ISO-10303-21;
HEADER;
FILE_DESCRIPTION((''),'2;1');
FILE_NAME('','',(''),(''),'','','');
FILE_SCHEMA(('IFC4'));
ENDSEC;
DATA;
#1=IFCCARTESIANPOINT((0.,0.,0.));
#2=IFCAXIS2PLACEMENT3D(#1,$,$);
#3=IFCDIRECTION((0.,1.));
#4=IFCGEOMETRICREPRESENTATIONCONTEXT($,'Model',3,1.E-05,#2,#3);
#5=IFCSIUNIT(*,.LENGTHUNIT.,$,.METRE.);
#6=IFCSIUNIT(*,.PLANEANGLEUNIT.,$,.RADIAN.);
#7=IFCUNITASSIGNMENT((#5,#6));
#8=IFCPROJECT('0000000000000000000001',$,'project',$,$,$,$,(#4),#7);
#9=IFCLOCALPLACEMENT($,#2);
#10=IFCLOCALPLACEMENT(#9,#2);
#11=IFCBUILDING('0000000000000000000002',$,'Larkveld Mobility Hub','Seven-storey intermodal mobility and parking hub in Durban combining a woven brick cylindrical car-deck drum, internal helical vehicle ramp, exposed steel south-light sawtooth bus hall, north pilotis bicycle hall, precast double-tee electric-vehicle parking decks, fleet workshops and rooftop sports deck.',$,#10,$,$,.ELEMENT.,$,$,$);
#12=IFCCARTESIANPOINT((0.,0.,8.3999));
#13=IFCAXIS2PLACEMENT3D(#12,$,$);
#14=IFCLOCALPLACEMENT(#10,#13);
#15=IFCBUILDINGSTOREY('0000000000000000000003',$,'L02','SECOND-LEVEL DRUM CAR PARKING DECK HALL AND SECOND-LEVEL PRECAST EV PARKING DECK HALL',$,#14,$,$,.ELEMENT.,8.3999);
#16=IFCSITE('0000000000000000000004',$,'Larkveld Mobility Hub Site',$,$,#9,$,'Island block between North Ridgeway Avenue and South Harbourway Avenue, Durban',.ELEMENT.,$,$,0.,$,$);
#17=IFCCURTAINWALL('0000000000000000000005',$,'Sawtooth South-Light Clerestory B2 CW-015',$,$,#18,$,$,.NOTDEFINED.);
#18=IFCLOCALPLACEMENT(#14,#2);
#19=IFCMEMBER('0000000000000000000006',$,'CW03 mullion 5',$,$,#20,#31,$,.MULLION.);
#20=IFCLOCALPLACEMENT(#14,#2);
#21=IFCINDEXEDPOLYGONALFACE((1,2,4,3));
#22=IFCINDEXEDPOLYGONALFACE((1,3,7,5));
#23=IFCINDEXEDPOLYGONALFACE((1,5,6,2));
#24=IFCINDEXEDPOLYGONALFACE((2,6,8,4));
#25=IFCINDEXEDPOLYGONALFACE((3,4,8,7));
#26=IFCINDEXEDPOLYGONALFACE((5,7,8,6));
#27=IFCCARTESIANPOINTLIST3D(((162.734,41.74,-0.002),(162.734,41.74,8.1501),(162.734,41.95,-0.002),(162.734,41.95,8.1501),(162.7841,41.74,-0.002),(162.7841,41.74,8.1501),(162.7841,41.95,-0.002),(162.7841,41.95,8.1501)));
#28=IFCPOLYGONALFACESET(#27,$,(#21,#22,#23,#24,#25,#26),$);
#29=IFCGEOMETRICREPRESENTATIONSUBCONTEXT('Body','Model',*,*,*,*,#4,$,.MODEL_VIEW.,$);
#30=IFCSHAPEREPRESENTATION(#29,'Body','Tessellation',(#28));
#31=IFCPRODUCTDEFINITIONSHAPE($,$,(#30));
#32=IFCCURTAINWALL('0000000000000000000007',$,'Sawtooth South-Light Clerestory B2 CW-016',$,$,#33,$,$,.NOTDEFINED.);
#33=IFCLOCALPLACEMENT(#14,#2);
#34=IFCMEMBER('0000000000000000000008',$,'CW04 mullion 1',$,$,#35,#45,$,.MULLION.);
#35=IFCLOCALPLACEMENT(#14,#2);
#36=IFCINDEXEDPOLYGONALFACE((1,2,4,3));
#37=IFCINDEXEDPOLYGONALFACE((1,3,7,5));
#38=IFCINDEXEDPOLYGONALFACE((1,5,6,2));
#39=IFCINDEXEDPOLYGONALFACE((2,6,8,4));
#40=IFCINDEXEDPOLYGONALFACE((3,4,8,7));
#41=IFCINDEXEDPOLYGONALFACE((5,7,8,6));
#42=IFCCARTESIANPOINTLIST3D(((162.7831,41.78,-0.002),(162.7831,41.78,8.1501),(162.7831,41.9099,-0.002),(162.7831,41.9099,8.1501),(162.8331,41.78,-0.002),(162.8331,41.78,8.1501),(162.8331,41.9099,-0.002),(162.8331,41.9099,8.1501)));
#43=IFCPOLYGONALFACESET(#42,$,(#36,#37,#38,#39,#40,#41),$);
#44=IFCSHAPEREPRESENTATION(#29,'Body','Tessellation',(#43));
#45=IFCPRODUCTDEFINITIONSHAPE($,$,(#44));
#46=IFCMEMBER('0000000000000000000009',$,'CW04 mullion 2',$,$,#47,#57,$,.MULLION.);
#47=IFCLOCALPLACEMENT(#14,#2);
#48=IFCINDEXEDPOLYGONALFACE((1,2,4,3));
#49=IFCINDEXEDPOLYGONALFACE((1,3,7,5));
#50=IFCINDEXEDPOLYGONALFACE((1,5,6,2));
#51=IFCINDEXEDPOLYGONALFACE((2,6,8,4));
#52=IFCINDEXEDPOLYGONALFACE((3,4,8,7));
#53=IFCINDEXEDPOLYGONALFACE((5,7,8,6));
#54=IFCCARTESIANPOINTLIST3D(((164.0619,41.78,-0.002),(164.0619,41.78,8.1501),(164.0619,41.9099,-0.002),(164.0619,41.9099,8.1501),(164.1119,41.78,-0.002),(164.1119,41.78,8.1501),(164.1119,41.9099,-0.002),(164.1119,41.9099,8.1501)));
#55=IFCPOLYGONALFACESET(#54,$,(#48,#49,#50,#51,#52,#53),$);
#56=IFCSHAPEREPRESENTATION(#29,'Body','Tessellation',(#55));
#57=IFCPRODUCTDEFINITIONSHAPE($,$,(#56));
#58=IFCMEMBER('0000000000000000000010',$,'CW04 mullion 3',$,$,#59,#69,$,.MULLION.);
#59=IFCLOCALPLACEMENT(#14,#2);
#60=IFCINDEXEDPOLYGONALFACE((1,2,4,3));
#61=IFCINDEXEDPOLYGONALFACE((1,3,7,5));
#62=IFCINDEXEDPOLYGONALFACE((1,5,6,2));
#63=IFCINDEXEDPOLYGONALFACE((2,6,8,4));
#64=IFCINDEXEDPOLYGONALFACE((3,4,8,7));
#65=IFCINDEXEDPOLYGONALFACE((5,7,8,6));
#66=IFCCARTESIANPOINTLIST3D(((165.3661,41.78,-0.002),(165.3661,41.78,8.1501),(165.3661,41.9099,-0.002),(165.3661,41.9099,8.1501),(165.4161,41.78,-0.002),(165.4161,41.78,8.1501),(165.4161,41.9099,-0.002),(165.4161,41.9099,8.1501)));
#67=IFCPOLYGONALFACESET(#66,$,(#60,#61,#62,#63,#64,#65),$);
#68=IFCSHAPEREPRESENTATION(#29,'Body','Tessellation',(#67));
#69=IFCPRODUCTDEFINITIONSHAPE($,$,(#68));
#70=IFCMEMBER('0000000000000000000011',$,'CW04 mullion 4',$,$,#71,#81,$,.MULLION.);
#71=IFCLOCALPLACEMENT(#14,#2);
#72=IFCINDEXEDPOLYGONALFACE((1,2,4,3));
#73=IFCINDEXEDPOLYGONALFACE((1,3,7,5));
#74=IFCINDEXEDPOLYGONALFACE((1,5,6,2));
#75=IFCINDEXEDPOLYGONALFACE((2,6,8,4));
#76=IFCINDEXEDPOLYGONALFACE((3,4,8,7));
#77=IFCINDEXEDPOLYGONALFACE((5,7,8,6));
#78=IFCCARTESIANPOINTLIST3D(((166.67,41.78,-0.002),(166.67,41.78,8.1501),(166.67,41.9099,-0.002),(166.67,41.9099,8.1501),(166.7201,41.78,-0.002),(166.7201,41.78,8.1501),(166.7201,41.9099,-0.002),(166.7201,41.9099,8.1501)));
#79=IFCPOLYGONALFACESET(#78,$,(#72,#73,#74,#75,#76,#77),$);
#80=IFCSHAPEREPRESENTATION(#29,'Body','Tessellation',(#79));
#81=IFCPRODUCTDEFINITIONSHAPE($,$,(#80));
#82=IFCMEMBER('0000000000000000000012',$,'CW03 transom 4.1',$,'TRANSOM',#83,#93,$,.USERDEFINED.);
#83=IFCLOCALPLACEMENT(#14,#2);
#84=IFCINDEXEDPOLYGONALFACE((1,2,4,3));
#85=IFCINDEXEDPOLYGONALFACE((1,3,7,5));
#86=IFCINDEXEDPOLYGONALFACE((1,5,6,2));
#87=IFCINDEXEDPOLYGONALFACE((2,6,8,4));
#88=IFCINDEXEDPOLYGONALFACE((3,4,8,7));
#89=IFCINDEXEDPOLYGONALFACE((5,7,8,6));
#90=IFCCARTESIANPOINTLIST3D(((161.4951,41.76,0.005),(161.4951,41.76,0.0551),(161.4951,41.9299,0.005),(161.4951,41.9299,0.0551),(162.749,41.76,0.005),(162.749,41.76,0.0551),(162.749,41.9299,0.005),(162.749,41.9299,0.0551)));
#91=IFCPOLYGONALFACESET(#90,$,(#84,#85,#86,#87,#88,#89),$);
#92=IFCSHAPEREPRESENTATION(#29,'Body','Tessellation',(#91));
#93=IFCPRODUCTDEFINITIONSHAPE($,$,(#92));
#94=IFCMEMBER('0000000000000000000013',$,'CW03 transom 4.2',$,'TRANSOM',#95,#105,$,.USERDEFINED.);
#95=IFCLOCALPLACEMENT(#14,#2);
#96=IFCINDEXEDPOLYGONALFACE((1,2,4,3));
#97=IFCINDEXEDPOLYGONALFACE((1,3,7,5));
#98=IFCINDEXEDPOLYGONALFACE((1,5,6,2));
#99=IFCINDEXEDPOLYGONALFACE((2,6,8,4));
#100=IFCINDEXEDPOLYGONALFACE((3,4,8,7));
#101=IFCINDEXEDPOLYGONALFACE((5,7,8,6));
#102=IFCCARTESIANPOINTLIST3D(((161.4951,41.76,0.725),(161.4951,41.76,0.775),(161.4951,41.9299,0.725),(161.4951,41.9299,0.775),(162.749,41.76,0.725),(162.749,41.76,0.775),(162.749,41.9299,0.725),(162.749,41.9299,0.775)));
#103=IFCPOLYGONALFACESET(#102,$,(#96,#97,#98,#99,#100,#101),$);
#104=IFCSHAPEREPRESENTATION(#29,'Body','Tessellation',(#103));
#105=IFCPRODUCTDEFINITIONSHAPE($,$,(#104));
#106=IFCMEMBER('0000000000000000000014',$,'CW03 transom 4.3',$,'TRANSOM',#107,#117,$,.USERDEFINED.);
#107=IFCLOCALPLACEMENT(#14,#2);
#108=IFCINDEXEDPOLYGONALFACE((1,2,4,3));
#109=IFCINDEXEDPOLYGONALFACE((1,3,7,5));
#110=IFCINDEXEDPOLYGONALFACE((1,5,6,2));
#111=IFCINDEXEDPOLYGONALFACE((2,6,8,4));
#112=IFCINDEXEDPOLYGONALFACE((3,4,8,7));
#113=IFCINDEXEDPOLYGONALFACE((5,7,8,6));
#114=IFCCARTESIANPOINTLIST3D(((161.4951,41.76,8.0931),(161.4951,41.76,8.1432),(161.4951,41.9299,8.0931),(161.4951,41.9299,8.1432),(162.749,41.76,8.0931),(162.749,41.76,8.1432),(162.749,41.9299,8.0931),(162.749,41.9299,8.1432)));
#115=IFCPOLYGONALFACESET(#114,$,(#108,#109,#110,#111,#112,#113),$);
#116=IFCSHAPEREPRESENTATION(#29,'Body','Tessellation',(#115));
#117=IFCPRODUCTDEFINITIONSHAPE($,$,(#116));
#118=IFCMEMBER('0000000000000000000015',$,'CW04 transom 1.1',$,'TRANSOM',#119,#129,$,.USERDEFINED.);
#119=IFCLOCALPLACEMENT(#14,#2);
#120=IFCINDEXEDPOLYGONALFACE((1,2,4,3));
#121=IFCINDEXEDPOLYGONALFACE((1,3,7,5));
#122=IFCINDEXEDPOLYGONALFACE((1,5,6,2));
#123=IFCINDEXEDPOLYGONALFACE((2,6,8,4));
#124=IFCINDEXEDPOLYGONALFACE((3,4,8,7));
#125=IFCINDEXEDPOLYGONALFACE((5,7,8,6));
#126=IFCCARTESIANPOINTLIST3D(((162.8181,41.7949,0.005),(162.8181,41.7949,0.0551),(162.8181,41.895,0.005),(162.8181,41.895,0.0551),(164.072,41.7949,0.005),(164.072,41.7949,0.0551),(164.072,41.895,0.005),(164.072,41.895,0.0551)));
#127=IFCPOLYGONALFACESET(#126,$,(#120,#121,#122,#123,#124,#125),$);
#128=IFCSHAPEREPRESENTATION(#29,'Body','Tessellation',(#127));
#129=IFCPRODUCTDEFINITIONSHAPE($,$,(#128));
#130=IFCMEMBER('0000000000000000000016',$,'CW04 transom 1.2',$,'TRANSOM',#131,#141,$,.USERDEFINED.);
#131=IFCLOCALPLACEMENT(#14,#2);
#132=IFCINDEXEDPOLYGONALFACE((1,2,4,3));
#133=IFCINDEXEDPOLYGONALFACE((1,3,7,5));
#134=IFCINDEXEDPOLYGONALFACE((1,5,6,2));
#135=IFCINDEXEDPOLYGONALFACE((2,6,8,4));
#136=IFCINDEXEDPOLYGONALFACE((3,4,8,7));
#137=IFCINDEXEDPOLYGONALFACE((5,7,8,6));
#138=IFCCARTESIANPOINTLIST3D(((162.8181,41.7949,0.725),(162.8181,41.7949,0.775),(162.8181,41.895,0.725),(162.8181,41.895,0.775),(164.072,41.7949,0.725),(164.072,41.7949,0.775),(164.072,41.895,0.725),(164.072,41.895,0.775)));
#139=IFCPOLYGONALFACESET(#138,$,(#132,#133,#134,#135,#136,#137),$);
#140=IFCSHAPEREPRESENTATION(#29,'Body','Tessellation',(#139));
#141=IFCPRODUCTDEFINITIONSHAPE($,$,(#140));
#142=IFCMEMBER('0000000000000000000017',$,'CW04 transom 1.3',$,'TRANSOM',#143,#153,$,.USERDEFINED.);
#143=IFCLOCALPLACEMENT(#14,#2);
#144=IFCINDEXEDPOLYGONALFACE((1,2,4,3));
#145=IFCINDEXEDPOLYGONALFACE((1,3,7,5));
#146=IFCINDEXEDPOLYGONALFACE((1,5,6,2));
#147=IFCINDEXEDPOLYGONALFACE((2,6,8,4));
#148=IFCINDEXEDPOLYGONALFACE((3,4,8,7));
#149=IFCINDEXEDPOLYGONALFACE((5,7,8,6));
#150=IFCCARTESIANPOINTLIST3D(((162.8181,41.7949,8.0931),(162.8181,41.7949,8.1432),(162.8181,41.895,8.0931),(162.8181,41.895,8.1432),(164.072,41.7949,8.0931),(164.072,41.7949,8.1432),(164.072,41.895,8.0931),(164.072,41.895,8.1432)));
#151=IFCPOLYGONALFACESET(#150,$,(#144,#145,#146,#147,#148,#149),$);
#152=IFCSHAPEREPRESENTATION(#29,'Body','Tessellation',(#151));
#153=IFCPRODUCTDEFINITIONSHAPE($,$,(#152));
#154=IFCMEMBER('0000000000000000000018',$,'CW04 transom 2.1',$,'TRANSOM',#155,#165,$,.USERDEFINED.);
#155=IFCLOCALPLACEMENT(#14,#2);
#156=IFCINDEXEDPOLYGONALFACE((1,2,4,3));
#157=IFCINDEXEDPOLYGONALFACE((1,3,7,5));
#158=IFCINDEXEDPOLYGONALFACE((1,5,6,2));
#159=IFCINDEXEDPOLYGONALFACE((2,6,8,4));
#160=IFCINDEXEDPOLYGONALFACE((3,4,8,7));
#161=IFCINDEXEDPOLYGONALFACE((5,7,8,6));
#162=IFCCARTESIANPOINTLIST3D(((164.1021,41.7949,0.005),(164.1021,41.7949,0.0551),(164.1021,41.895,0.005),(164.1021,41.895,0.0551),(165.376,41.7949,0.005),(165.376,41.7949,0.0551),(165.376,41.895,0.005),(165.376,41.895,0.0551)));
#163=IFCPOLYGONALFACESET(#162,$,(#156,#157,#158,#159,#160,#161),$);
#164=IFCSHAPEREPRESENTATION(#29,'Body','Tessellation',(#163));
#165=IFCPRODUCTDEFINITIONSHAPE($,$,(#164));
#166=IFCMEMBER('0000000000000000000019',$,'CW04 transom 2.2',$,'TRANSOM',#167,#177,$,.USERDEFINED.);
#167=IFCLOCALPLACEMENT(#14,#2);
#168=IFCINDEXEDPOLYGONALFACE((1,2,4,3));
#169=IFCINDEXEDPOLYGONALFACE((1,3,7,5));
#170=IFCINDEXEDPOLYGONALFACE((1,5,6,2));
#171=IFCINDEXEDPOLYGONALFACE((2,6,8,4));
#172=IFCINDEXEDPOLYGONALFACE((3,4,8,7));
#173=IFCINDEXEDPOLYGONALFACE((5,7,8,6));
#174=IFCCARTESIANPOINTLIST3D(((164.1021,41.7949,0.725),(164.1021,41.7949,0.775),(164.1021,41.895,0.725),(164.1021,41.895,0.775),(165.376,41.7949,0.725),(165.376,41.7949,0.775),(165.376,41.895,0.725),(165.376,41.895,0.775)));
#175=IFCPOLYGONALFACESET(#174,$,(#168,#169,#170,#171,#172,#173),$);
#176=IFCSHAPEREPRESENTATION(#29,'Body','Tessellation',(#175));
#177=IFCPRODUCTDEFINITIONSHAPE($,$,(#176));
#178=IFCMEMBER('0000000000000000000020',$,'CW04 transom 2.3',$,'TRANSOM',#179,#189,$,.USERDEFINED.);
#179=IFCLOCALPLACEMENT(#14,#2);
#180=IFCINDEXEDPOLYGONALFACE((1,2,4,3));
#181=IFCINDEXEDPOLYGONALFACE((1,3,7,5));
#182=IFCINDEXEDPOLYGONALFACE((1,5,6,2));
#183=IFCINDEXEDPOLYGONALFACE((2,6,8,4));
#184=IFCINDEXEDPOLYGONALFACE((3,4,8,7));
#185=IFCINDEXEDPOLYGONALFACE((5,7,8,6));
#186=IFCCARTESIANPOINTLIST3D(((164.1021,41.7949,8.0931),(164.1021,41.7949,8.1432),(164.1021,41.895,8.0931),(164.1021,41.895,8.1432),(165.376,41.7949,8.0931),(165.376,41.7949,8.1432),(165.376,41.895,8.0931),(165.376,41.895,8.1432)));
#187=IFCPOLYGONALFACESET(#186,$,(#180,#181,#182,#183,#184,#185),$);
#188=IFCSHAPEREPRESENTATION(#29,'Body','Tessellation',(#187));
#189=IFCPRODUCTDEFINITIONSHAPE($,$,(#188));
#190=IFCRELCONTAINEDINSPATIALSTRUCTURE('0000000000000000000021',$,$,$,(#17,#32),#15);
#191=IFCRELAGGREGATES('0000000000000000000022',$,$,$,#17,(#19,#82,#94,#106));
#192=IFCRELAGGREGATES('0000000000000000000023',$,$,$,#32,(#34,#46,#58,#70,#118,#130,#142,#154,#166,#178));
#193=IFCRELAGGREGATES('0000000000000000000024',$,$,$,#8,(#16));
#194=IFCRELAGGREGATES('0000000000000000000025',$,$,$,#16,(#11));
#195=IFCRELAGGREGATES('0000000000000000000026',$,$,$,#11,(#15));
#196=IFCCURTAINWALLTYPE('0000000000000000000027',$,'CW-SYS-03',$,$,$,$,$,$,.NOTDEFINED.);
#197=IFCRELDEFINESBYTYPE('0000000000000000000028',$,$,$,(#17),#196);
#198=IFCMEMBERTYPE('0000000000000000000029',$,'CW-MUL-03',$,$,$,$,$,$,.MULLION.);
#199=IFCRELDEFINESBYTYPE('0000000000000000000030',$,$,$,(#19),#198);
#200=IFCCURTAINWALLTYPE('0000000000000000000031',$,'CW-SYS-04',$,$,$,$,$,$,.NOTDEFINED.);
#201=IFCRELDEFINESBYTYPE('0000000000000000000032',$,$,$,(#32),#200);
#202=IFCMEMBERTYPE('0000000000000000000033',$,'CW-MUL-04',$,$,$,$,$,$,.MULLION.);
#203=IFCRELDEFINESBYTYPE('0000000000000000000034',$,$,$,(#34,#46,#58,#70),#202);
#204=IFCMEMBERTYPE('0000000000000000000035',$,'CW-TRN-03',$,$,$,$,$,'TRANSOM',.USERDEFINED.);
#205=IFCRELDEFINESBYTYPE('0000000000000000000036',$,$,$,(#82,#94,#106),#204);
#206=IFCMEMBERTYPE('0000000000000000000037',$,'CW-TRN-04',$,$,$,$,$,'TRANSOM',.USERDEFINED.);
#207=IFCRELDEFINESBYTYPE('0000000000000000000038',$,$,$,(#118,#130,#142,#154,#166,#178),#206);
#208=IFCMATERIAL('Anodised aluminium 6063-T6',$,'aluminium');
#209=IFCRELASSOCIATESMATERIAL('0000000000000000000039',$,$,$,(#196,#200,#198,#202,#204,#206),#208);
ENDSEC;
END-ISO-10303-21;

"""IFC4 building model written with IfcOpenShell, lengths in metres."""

from ifc_helpers import new_model, si_unit, direction, frame, origin, origin_2d, place, context, subcontext, project, spatial, rectangle, extrude, material, material_profile, profile_set, type_object, element, aggregate, save


model = new_model("IFC4")

# Units and contexts
model_context = context("Model", 3, precision=1e-05, world=origin(), true_north=direction((0.0, 1.0)))
body_context = subcontext(model_context, "Body", "Model", "MODEL_VIEW")
ifc_project = project(units=[si_unit("LENGTHUNIT", "METRE"), si_unit("PLANEANGLEUNIT", "RADIAN")], contexts=[model_context])

# Site, building, storey
site_placement = place(None, origin())
site = spatial("IfcSite", under=ifc_project, at=site_placement, Name="Larkveld Mobility Hub Site", LongName="Island block between North Ridgeway Avenue and South Harbourway Avenue, Durban", CompositionType="ELEMENT", RefElevation=0.0)
building_placement = place(site_placement, origin())
building = spatial("IfcBuilding", under=site, at=building_placement, Name="Larkveld Mobility Hub", Description="Seven-storey intermodal mobility and parking hub in Durban combining a woven brick cylindrical car-deck drum, internal helical vehicle ramp, exposed steel south-light sawtooth bus hall, north pilotis bicycle hall, precast double-tee electric-vehicle parking decks, fleet workshops and rooftop sports deck.", CompositionType="ELEMENT")
storey_placement = place(building_placement, frame((0.0, 0.0, 8.3999)))
storey = spatial("IfcBuildingStorey", under=building, at=storey_placement, Name="L02", Description="SECOND-LEVEL DRUM CAR PARKING DECK HALL AND SECOND-LEVEL PRECAST EV PARKING DECK HALL", CompositionType="ELEMENT", Elevation=8.3999)

# Curtain wall, member
ifc_material_1 = material(Name="Anodised aluminium 6063-T6", Category="aluminium")
curtain_wall_type_1 = type_object("IfcCurtainWallType", Name="CW-SYS-03", PredefinedType="NOTDEFINED", material=ifc_material_1)
curtain_wall_1_placement = place(storey_placement, origin())
curtain_wall_1 = element("IfcCurtainWall", 1, at=curtain_wall_1_placement, inside=storey, type_object=curtain_wall_type_1, Name="Sawtooth South-Light Clerestory B2 CW-015", PredefinedType="NOTDEFINED")
ifc_material_profile_1 = material_profile(ifc_material_1, rectangle(XDim=0.05, YDim=0.21, at=origin_2d()), Name="ALU MULL 50x210")
ifc_profile_set_1 = profile_set([ifc_material_profile_1], Name="Anodised aluminium 6063-T6")
member_type_1 = type_object("IfcMemberType", Name="CW-MUL-03", PredefinedType="MULLION", material=ifc_profile_set_1)
member_1_placement = place(storey_placement, frame((162.759, 41.845, -0.002), z_axis=(0.0, 0.0, 1.0), x_axis=(1.0, 0.0, 0.0)))
member_1 = element("IfcMember", 2, at=member_1_placement, type_object=member_type_1, Name="CW03 mullion 5", PredefinedType="MULLION", context=body_context, shape_type="SweptSolid", body=[
    extrude(rectangle(XDim=0.05, YDim=0.21, at=origin_2d()), origin(), (0.0, 0.0, 1.0), 8.1521),
])

# Curtain wall, members
curtain_wall_type_2 = type_object("IfcCurtainWallType", Name="CW-SYS-04", PredefinedType="NOTDEFINED", material=ifc_material_1)
curtain_wall_2_placement = place(storey_placement, origin())
curtain_wall_2 = element("IfcCurtainWall", 3, at=curtain_wall_2_placement, inside=storey, type_object=curtain_wall_type_2, Name="Sawtooth South-Light Clerestory B2 CW-016", PredefinedType="NOTDEFINED")
ifc_material_profile_2 = material_profile(ifc_material_1, rectangle(XDim=0.05, YDim=0.1299, at=origin_2d()), Name="ALU MULL 50x130")
ifc_profile_set_2 = profile_set([ifc_material_profile_2], Name="Anodised aluminium 6063-T6")
member_type_2 = type_object("IfcMemberType", Name="CW-MUL-04", PredefinedType="MULLION", material=ifc_profile_set_2)
member_2_placement = place(storey_placement, frame((162.8081, 41.845, -0.002), z_axis=(0.0, 0.0, 1.0), x_axis=(1.0, 0.0, 0.0)))
member_2 = element("IfcMember", 4, at=member_2_placement, type_object=member_type_2, Name="CW04 mullion 1", PredefinedType="MULLION", context=body_context, shape_type="SweptSolid", body=[
    extrude(rectangle(XDim=0.05, YDim=0.1299, at=origin_2d()), origin(), (0.0, 0.0, 1.0), 8.1521),
])
member_3_placement = place(storey_placement, frame((164.0869, 41.845, -0.002), z_axis=(0.0, 0.0, 1.0), x_axis=(1.0, 0.0, 0.0)))
member_3 = element("IfcMember", 5, at=member_3_placement, type_object=member_type_2, Name="CW04 mullion 2", PredefinedType="MULLION", context=body_context, shape_type="SweptSolid", body=[
    extrude(rectangle(XDim=0.05, YDim=0.1299, at=origin_2d()), origin(), (0.0, 0.0, 1.0), 8.1521),
])
member_4_placement = place(storey_placement, frame((165.3911, 41.845, -0.002), z_axis=(0.0, 0.0, 1.0), x_axis=(1.0, 0.0, 0.0)))
member_4 = element("IfcMember", 6, at=member_4_placement, type_object=member_type_2, Name="CW04 mullion 3", PredefinedType="MULLION", context=body_context, shape_type="SweptSolid", body=[
    extrude(rectangle(XDim=0.05, YDim=0.1299, at=origin_2d()), origin(), (0.0, 0.0, 1.0), 8.1521),
])
member_5_placement = place(storey_placement, frame((166.6951, 41.845, -0.002), z_axis=(0.0, 0.0, 1.0), x_axis=(1.0, 0.0, 0.0)))
member_5 = element("IfcMember", 7, at=member_5_placement, type_object=member_type_2, Name="CW04 mullion 4", PredefinedType="MULLION", context=body_context, shape_type="SweptSolid", body=[
    extrude(rectangle(XDim=0.05, YDim=0.1299, at=origin_2d()), origin(), (0.0, 0.0, 1.0), 8.1521),
])

# Members
ifc_material_profile_3 = material_profile(ifc_material_1, rectangle(XDim=0.1699, YDim=0.05, at=origin_2d()), Name="ALU TRAN 50x170")
ifc_profile_set_3 = profile_set([ifc_material_profile_3], Name="Anodised aluminium 6063-T6")
member_type_3 = type_object("IfcMemberType", Name="CW-TRN-03", ElementType="TRANSOM", PredefinedType="USERDEFINED", material=ifc_profile_set_3)
member_6_placement = place(storey_placement, frame((161.4951, 41.845, 0.03), z_axis=(1.0, 0.0, 0.0), x_axis=(0.0, 1.0, 0.0)))
member_6 = element("IfcMember", 8, at=member_6_placement, type_object=member_type_3, Name="CW03 transom 4.1", ObjectType="TRANSOM", PredefinedType="USERDEFINED", context=body_context, shape_type="SweptSolid", body=[
    extrude(rectangle(XDim=0.1699, YDim=0.05, at=origin_2d()), origin(), (0.0, 0.0, 1.0), 1.2539),
])
member_7_placement = place(storey_placement, frame((161.4951, 41.845, 0.75), z_axis=(1.0, 0.0, 0.0), x_axis=(0.0, 1.0, 0.0)))
member_7 = element("IfcMember", 9, at=member_7_placement, type_object=member_type_3, Name="CW03 transom 4.2", ObjectType="TRANSOM", PredefinedType="USERDEFINED", context=body_context, shape_type="SweptSolid", body=[
    extrude(rectangle(XDim=0.1699, YDim=0.05, at=origin_2d()), origin(), (0.0, 0.0, 1.0), 1.2539),
])
member_8_placement = place(storey_placement, frame((161.4951, 41.845, 8.1182), z_axis=(1.0, 0.0, 0.0), x_axis=(0.0, 1.0, 0.0)))
member_8 = element("IfcMember", 10, at=member_8_placement, type_object=member_type_3, Name="CW03 transom 4.3", ObjectType="TRANSOM", PredefinedType="USERDEFINED", context=body_context, shape_type="SweptSolid", body=[
    extrude(rectangle(XDim=0.1699, YDim=0.05, at=origin_2d()), origin(), (0.0, 0.0, 1.0), 1.2539),
])
ifc_material_profile_4 = material_profile(ifc_material_1, rectangle(XDim=0.1001, YDim=0.05, at=origin_2d()), Name="ALU TRAN 50x100")
ifc_profile_set_4 = profile_set([ifc_material_profile_4], Name="Anodised aluminium 6063-T6")
member_type_4 = type_object("IfcMemberType", Name="CW-TRN-04", ElementType="TRANSOM", PredefinedType="USERDEFINED", material=ifc_profile_set_4)
member_9_placement = place(storey_placement, frame((162.8181, 41.845, 0.03), z_axis=(1.0, 0.0, 0.0), x_axis=(0.0, 1.0, 0.0)))
member_9 = element("IfcMember", 11, at=member_9_placement, type_object=member_type_4, Name="CW04 transom 1.1", ObjectType="TRANSOM", PredefinedType="USERDEFINED", context=body_context, shape_type="SweptSolid", body=[
    extrude(rectangle(XDim=0.1001, YDim=0.05, at=origin_2d()), origin(), (0.0, 0.0, 1.0), 1.2539),
])
member_10_placement = place(storey_placement, frame((162.8181, 41.845, 0.75), z_axis=(1.0, 0.0, 0.0), x_axis=(0.0, 1.0, 0.0)))
member_10 = element("IfcMember", 12, at=member_10_placement, type_object=member_type_4, Name="CW04 transom 1.2", ObjectType="TRANSOM", PredefinedType="USERDEFINED", context=body_context, shape_type="SweptSolid", body=[
    extrude(rectangle(XDim=0.1001, YDim=0.05, at=origin_2d()), origin(), (0.0, 0.0, 1.0), 1.2539),
])
member_11_placement = place(storey_placement, frame((162.8181, 41.845, 8.1182), z_axis=(1.0, 0.0, 0.0), x_axis=(0.0, 1.0, 0.0)))
member_11 = element("IfcMember", 13, at=member_11_placement, type_object=member_type_4, Name="CW04 transom 1.3", ObjectType="TRANSOM", PredefinedType="USERDEFINED", context=body_context, shape_type="SweptSolid", body=[
    extrude(rectangle(XDim=0.1001, YDim=0.05, at=origin_2d()), origin(), (0.0, 0.0, 1.0), 1.2539),
])
member_12_placement = place(storey_placement, frame((164.1021, 41.845, 0.03), z_axis=(1.0, 0.0, 0.0), x_axis=(0.0, 1.0, 0.0)))
member_12 = element("IfcMember", 14, at=member_12_placement, type_object=member_type_4, Name="CW04 transom 2.1", ObjectType="TRANSOM", PredefinedType="USERDEFINED", context=body_context, shape_type="SweptSolid", body=[
    extrude(rectangle(XDim=0.1001, YDim=0.05, at=origin_2d()), origin(), (0.0, 0.0, 1.0), 1.2739),
])
member_13_placement = place(storey_placement, frame((164.1021, 41.845, 0.75), z_axis=(1.0, 0.0, 0.0), x_axis=(0.0, 1.0, 0.0)))
member_13 = element("IfcMember", 15, at=member_13_placement, type_object=member_type_4, Name="CW04 transom 2.2", ObjectType="TRANSOM", PredefinedType="USERDEFINED", context=body_context, shape_type="SweptSolid", body=[
    extrude(rectangle(XDim=0.1001, YDim=0.05, at=origin_2d()), origin(), (0.0, 0.0, 1.0), 1.2739),
])
member_14_placement = place(storey_placement, frame((164.1021, 41.845, 8.1182), z_axis=(1.0, 0.0, 0.0), x_axis=(0.0, 1.0, 0.0)))
member_14 = element("IfcMember", 16, at=member_14_placement, type_object=member_type_4, Name="CW04 transom 2.3", ObjectType="TRANSOM", PredefinedType="USERDEFINED", context=body_context, shape_type="SweptSolid", body=[
    extrude(rectangle(XDim=0.1001, YDim=0.05, at=origin_2d()), origin(), (0.0, 0.0, 1.0), 1.2739),
])

aggregate(curtain_wall_1, [member_1, member_6, member_7, member_8])
aggregate(curtain_wall_2, [member_2, member_3, member_4, member_5, member_9, member_10, member_11, member_12, member_13, member_14])

save(model, "model.ifc")
